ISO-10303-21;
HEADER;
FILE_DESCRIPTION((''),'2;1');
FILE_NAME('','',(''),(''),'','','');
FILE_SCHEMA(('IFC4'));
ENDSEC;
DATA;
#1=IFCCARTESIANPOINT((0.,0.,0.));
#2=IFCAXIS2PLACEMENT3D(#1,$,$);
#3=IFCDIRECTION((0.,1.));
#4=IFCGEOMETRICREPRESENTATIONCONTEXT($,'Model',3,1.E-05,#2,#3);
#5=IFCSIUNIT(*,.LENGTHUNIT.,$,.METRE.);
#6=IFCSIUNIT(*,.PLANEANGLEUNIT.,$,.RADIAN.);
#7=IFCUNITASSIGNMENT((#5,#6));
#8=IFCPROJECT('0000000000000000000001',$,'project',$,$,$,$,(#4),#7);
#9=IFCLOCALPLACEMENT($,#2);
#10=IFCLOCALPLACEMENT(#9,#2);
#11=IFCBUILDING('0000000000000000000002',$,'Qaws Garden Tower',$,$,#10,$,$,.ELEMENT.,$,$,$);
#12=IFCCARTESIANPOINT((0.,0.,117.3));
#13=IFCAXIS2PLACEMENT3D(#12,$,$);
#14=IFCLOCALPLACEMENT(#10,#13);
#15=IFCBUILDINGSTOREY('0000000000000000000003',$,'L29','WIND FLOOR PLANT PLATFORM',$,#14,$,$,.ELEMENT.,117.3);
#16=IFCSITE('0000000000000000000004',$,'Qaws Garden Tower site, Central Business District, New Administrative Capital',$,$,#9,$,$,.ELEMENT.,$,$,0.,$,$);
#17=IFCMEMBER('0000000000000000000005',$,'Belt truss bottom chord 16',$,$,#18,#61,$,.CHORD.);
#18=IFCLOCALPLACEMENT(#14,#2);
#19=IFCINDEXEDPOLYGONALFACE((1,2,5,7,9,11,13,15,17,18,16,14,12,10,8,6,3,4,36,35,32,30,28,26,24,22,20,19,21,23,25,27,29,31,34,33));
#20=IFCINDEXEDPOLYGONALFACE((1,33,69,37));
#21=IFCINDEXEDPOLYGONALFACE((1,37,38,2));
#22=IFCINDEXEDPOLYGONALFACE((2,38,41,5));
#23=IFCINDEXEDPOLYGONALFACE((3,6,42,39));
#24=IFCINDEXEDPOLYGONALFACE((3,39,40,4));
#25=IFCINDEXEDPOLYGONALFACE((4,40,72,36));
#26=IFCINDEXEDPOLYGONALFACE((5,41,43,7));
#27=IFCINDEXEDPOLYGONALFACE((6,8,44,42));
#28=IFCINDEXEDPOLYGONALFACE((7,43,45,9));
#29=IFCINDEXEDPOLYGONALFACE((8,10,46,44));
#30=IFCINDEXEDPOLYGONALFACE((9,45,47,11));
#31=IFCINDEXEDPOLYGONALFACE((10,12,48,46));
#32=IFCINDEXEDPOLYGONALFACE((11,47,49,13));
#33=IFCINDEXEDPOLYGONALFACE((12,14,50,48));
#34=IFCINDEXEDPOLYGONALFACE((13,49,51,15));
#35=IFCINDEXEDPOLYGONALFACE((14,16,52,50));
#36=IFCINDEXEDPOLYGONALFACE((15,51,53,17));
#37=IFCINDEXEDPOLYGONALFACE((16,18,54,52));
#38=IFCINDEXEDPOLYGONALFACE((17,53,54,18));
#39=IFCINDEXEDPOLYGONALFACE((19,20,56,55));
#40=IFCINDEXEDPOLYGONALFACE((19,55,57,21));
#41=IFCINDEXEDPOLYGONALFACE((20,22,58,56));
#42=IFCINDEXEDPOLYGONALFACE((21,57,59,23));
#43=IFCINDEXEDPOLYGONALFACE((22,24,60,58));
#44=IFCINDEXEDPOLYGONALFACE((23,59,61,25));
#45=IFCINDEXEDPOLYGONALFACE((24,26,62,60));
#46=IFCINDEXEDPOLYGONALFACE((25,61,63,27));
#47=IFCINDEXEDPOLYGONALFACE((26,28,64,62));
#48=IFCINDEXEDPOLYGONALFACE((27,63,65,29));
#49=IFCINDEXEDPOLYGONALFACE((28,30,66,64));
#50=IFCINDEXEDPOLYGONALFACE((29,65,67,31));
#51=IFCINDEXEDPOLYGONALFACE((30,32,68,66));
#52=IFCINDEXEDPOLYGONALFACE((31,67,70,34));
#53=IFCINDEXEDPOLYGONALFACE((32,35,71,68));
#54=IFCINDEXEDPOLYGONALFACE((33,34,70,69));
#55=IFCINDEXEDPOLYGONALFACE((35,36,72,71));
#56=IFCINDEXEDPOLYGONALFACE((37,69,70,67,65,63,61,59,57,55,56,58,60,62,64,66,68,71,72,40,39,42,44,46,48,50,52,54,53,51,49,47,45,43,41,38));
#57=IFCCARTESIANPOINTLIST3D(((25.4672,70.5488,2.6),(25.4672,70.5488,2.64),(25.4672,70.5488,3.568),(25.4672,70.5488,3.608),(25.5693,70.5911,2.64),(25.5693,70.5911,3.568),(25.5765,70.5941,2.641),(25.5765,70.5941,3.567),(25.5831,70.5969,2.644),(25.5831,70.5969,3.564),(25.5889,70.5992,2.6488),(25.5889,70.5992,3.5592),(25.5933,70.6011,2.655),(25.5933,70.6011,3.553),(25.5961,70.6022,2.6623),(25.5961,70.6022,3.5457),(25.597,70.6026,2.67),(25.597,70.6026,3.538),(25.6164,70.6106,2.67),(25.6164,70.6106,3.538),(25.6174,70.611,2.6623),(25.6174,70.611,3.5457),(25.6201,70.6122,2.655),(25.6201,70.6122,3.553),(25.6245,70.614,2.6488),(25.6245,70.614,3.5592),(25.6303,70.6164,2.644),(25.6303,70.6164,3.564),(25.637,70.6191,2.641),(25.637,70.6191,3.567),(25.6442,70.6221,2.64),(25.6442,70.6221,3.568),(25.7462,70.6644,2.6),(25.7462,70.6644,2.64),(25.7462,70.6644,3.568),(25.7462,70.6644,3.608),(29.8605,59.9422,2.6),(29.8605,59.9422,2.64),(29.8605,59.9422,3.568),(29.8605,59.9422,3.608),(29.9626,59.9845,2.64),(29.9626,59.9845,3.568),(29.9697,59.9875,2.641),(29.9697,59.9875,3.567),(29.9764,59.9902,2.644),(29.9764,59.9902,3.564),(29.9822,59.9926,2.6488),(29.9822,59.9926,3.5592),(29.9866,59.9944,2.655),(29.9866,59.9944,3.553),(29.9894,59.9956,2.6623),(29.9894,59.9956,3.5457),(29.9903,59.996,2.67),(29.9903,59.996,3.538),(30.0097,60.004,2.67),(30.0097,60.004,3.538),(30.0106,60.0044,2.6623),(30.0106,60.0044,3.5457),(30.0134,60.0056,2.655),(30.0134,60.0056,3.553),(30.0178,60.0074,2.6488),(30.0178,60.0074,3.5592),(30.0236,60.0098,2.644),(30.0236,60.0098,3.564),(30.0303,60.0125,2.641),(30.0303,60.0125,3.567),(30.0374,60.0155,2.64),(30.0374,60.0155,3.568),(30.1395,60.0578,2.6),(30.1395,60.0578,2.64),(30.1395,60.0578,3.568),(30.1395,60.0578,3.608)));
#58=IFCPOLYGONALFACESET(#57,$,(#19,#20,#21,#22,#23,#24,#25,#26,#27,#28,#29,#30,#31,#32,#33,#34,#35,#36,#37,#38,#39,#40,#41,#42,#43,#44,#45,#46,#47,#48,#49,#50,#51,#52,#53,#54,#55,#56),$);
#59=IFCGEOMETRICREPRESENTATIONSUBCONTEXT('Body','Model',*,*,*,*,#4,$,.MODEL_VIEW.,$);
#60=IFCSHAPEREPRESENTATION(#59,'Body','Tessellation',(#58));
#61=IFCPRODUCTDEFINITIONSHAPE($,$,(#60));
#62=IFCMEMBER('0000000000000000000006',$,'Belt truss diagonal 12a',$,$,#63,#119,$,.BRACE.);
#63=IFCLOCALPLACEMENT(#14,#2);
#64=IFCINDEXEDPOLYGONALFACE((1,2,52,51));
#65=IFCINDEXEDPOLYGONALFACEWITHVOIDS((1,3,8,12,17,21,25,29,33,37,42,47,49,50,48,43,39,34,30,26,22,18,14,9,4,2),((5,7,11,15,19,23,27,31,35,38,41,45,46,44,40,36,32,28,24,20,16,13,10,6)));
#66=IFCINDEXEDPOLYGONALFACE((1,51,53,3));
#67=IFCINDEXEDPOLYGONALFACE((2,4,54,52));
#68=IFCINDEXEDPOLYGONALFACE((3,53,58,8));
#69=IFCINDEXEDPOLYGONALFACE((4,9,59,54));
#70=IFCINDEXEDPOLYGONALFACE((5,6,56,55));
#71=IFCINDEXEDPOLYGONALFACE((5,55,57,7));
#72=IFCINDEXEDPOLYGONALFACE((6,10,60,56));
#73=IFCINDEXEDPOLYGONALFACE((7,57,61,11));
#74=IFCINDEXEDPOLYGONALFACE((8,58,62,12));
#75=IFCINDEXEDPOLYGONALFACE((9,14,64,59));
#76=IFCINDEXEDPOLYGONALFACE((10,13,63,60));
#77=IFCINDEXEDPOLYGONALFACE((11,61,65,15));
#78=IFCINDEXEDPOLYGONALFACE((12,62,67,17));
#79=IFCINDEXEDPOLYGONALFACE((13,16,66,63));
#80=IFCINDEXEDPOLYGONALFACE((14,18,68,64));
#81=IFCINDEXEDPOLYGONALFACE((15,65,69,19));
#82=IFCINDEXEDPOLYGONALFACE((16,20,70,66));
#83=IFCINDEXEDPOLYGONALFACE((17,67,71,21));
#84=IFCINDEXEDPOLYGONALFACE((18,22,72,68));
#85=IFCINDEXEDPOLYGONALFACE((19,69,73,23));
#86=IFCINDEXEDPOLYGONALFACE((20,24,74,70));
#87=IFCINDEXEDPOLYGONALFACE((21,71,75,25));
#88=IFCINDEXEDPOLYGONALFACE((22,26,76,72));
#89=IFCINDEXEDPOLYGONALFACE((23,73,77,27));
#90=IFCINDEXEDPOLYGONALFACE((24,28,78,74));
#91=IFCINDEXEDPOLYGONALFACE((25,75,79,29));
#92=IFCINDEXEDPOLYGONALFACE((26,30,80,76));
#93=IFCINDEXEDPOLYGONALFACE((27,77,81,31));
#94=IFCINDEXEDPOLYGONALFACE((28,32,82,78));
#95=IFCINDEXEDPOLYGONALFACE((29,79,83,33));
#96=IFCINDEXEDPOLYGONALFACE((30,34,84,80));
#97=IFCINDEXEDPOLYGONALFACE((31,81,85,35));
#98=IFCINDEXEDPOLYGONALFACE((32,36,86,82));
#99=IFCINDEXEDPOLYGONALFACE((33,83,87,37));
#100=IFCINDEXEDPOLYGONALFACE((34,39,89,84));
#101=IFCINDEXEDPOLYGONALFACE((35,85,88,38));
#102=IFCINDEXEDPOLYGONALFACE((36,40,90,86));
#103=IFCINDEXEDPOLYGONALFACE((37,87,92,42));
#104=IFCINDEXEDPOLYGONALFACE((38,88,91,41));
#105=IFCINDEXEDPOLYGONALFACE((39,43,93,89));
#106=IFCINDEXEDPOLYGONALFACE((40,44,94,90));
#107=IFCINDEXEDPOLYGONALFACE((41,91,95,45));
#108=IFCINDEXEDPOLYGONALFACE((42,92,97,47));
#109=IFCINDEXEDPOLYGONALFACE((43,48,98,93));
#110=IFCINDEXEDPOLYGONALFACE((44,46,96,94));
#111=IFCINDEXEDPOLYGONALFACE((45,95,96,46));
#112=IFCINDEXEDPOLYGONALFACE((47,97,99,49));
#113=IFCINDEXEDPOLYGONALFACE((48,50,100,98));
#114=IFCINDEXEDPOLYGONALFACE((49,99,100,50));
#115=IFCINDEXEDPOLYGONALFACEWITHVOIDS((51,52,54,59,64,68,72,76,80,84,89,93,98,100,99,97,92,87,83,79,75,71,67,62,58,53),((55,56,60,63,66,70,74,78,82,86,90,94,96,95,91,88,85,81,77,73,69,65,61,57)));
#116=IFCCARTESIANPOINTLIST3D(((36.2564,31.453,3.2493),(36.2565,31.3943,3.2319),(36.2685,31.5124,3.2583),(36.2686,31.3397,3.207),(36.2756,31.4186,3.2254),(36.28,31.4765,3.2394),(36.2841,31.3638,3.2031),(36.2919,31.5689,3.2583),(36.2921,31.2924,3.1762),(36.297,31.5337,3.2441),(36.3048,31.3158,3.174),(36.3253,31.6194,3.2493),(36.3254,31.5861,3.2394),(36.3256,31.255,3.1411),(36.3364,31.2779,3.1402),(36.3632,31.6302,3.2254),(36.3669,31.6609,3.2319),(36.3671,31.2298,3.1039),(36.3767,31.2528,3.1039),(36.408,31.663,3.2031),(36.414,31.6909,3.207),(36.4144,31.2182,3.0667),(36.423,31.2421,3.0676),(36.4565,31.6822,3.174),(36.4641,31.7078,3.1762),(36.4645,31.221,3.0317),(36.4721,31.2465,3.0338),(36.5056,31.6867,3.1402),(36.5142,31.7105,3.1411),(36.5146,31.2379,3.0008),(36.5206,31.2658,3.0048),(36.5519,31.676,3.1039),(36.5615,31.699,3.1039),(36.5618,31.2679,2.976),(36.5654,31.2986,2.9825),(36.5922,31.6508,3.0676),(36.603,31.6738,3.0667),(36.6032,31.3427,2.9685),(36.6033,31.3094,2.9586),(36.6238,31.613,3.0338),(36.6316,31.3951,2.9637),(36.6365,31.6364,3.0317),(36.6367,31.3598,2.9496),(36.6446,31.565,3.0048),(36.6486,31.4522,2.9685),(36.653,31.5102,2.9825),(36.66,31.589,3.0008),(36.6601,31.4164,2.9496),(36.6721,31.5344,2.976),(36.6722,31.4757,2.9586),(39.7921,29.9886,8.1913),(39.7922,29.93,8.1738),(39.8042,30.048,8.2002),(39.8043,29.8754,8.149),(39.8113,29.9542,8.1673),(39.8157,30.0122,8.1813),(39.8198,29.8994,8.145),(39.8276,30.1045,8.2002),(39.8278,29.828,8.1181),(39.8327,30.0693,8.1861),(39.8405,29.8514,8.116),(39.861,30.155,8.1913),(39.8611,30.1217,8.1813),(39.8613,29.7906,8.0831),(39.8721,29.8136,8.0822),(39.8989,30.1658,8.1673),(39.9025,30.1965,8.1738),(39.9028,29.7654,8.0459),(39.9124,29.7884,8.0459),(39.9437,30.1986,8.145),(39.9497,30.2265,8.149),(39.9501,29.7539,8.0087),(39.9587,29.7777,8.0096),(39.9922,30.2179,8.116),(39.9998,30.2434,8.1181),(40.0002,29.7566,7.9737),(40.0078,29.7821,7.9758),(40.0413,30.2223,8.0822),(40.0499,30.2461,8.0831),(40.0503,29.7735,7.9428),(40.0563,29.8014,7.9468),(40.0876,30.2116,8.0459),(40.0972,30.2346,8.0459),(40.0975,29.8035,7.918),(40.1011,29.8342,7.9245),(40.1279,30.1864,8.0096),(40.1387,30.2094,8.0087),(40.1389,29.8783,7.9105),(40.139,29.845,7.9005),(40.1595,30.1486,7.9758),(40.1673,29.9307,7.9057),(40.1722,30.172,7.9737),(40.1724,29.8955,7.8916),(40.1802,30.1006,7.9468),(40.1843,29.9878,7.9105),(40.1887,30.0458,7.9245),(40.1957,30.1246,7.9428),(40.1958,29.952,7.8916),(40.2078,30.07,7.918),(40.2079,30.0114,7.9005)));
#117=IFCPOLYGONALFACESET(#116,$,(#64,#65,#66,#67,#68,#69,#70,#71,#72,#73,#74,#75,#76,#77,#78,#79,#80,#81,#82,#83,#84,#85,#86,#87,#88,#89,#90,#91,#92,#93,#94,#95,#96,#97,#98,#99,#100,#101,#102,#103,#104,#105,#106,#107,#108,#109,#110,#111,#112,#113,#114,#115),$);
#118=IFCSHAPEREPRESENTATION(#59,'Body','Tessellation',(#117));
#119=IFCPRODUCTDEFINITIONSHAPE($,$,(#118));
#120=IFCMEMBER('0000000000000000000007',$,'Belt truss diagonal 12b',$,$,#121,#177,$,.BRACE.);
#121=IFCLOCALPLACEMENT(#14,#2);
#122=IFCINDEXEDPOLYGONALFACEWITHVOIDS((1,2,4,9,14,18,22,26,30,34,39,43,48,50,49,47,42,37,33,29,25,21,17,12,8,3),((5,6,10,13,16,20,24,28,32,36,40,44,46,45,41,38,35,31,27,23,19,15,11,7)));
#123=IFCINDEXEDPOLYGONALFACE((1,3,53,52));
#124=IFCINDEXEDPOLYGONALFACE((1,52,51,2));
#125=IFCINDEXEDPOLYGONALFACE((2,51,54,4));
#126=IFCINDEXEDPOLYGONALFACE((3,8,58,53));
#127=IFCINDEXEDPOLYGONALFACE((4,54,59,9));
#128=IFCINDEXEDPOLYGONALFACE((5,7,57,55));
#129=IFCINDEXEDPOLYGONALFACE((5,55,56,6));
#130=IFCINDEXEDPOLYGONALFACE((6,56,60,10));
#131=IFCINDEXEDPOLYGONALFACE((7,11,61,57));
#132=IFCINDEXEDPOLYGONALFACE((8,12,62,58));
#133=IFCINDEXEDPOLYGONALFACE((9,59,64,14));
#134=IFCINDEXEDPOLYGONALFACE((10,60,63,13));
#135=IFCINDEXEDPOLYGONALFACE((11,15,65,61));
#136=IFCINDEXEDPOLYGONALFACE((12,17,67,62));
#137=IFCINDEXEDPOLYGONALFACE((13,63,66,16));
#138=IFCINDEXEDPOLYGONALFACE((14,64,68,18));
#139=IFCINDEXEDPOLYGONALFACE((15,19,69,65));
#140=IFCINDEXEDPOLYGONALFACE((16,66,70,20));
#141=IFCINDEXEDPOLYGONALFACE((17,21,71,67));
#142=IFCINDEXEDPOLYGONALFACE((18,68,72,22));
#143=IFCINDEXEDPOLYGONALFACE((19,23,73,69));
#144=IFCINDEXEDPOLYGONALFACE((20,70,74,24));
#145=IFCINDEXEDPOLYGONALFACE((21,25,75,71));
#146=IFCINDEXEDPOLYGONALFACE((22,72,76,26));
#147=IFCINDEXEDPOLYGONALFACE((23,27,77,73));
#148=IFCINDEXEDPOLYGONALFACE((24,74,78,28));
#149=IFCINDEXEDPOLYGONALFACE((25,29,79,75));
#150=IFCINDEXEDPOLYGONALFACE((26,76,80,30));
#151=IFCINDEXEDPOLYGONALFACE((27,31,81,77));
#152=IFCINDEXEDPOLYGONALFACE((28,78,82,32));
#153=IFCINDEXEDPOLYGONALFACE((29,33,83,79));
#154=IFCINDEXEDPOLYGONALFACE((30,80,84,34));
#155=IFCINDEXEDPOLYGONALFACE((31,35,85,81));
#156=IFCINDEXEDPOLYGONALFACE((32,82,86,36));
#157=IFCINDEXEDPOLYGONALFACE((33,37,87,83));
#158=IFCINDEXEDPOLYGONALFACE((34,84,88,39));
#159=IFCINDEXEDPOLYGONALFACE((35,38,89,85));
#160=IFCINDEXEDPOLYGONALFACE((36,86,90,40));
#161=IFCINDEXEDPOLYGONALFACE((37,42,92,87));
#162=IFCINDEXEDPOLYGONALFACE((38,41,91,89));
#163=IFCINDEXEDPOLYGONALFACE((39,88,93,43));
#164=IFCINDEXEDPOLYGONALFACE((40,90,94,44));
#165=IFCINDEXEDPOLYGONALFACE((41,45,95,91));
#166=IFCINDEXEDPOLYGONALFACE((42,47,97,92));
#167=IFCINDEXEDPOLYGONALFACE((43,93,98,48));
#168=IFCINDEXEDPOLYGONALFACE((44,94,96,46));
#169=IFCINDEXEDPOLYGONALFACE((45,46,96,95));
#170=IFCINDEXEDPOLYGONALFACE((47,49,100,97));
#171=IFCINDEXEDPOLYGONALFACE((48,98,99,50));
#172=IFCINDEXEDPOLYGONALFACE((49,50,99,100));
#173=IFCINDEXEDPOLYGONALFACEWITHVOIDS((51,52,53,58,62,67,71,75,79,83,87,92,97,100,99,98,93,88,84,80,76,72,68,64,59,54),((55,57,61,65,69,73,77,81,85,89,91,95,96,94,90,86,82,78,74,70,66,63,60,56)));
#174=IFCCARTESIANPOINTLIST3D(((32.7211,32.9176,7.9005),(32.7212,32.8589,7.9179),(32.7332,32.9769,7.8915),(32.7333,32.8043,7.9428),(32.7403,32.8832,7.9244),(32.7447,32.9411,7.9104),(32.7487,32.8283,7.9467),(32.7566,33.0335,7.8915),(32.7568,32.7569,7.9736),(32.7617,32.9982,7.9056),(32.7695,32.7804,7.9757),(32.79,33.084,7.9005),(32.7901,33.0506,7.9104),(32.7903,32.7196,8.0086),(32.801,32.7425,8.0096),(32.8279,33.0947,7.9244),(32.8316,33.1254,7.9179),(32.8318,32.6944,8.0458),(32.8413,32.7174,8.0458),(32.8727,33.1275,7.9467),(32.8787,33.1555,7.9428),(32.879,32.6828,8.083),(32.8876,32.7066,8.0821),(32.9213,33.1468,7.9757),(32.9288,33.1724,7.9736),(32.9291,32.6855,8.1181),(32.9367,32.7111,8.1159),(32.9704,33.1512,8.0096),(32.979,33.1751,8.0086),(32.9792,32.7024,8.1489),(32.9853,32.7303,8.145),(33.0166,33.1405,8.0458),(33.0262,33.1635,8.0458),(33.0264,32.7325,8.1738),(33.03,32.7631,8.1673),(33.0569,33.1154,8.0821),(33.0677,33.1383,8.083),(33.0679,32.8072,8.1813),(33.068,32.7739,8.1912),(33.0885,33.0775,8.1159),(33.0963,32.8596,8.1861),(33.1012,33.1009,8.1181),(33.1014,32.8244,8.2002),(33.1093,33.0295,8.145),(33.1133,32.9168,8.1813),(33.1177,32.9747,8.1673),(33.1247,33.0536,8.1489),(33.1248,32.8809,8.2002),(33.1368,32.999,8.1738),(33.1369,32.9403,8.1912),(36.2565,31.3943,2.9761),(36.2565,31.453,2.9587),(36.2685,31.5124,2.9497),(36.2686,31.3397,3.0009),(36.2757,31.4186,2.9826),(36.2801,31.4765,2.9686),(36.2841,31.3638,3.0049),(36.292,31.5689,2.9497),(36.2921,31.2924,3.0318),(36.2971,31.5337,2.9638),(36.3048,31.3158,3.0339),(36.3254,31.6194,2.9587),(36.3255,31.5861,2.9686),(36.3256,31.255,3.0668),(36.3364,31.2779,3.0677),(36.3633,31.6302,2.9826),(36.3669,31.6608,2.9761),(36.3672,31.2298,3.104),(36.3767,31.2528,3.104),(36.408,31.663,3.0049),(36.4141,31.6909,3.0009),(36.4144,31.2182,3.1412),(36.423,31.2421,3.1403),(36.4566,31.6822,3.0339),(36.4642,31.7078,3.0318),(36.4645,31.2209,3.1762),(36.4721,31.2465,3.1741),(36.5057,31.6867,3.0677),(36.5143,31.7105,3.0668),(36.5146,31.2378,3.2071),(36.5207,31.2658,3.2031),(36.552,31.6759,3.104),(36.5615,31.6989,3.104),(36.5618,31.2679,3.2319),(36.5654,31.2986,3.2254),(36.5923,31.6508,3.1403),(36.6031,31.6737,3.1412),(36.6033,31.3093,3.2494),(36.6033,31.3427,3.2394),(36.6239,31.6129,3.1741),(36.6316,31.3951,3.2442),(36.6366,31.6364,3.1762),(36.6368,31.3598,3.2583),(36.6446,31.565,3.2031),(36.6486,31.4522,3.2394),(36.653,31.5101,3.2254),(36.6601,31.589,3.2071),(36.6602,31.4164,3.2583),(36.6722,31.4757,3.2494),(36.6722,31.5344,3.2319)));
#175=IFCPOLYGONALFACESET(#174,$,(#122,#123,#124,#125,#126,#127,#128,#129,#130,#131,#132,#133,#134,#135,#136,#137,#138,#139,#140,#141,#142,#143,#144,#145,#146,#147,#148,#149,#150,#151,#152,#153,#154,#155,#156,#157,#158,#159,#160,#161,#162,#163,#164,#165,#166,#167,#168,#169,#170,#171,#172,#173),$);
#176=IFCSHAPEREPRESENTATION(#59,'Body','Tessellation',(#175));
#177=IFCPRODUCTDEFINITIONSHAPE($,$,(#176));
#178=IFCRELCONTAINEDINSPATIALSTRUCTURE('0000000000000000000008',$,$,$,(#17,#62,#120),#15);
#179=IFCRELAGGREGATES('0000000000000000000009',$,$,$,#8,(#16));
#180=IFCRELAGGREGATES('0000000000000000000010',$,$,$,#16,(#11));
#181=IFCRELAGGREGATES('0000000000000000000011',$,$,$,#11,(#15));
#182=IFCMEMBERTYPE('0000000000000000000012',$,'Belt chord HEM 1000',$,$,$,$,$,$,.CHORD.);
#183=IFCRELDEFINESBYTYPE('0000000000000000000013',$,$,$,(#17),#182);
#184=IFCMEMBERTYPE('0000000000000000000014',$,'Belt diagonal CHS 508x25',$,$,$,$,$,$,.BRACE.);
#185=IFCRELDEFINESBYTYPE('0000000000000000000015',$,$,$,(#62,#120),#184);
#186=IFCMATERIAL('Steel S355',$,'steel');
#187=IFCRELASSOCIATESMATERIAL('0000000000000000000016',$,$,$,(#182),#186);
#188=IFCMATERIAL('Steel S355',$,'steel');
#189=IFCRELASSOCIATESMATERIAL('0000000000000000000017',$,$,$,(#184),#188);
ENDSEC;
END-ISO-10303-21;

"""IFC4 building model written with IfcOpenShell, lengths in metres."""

from ifc_helpers import new_model, si_unit, direction, frame, origin, origin_2d, place, context, subcontext, project, spatial, hollow_circle, i_section, extrude, material, material_profile, profile_set, type_object, element, save


model = new_model("IFC4")

# Units and contexts
model_context = context("Model", 3, precision=1e-05, world=origin(), true_north=direction((0.0, 1.0)))
body_context = subcontext(model_context, "Body", "Model", "MODEL_VIEW")
ifc_project = project(units=[si_unit("LENGTHUNIT", "METRE"), si_unit("PLANEANGLEUNIT", "RADIAN")], contexts=[model_context])

# Site, building, storey
site_placement = place(None, origin())
site = spatial("IfcSite", under=ifc_project, at=site_placement, Name="Qaws Garden Tower site, Central Business District, New Administrative Capital", CompositionType="ELEMENT", RefElevation=0.0)
building_placement = place(site_placement, origin())
building = spatial("IfcBuilding", under=site, at=building_placement, Name="Qaws Garden Tower", CompositionType="ELEMENT")
storey_placement = place(building_placement, frame((0.0, 0.0, 117.3)))
storey = spatial("IfcBuildingStorey", under=building, at=storey_placement, Name="L29", Description="WIND FLOOR PLANT PLATFORM", CompositionType="ELEMENT", Elevation=117.3)

# Members
ifc_material_1 = material(Name="Steel S355", Category="steel")
ifc_material_profile_1 = material_profile(ifc_material_1, i_section(OverallWidth=0.302, OverallDepth=1.0081, WebThickness=0.021, FlangeThickness=0.04, FilletRadius=0.03, at=origin_2d()), Name="HEM 1000")
ifc_profile_set_1 = profile_set([ifc_material_profile_1], Name="Steel S355")
member_type_1 = type_object("IfcMemberType", Name="Belt chord HEM 1000", PredefinedType="CHORD", material=ifc_profile_set_1)
for number, where, z_axis, x_axis, name in (
    (1, (30.0, 60.0, 3.104), (-0.382674, 0.923883, 0.0), (-0.923883, -0.382674, 0.0), "Belt truss bottom chord 16"),
):
    element("IfcMember", number, at=place(storey_placement, frame(where, z_axis=z_axis, x_axis=x_axis)), inside=storey, type_object=member_type_1, Name=name, PredefinedType="CHORD", context=body_context, shape_type="SweptSolid", body=[
        extrude(i_section(OverallWidth=0.302, OverallDepth=1.0081, WebThickness=0.021, FlangeThickness=0.04, FilletRadius=0.03, at=origin_2d()), origin(), (0.0, 0.0, 1.0), 11.4805),
    ])
ifc_material_2 = material(Name="Steel S355", Category="steel")
ifc_material_profile_2 = material_profile(ifc_material_2, hollow_circle(Radius=0.2539, WallThickness=0.0249, at=origin_2d()), Name="CHS 508x25")
ifc_profile_set_2 = profile_set([ifc_material_profile_2], Name="Steel S355")
member_type_2 = type_object("IfcMemberType", Name="Belt diagonal CHS 508x25", PredefinedType="BRACE", material=ifc_profile_set_2)
member_1_placement = place(storey_placement, frame((40.0, 30.0, 8.0459), z_axis=(-0.565667, 0.234282, -0.790653), x_axis=(-0.382649, -0.923894, 0.0)))
element("IfcMember", 2, at=member_1_placement, inside=storey, type_object=member_type_2, Name="Belt truss diagonal 12a", PredefinedType="BRACE", context=body_context, shape_type="SweptSolid", body=[
    extrude(hollow_circle(Radius=0.2539, WallThickness=0.0249, at=origin_2d()), origin(), (0.0, 0.0, 1.0), 6.2505),
])
for number, where, z_axis, x_axis, name in (
    (3, (36.4644, 31.4644, 3.104), (-0.565636, 0.234324, 0.790663), (-0.382726, -0.923862, 0.0), "Belt truss diagonal 12b"),
):
    element("IfcMember", number, at=place(storey_placement, frame(where, z_axis=z_axis, x_axis=x_axis)), inside=storey, type_object=member_type_2, Name=name, PredefinedType="BRACE", context=body_context, shape_type="SweptSolid", body=[
        extrude(hollow_circle(Radius=0.2539, WallThickness=0.0249, at=origin_2d()), origin(), (0.0, 0.0, 1.0), 6.2502),
    ])

save(model, "model.ifc")
